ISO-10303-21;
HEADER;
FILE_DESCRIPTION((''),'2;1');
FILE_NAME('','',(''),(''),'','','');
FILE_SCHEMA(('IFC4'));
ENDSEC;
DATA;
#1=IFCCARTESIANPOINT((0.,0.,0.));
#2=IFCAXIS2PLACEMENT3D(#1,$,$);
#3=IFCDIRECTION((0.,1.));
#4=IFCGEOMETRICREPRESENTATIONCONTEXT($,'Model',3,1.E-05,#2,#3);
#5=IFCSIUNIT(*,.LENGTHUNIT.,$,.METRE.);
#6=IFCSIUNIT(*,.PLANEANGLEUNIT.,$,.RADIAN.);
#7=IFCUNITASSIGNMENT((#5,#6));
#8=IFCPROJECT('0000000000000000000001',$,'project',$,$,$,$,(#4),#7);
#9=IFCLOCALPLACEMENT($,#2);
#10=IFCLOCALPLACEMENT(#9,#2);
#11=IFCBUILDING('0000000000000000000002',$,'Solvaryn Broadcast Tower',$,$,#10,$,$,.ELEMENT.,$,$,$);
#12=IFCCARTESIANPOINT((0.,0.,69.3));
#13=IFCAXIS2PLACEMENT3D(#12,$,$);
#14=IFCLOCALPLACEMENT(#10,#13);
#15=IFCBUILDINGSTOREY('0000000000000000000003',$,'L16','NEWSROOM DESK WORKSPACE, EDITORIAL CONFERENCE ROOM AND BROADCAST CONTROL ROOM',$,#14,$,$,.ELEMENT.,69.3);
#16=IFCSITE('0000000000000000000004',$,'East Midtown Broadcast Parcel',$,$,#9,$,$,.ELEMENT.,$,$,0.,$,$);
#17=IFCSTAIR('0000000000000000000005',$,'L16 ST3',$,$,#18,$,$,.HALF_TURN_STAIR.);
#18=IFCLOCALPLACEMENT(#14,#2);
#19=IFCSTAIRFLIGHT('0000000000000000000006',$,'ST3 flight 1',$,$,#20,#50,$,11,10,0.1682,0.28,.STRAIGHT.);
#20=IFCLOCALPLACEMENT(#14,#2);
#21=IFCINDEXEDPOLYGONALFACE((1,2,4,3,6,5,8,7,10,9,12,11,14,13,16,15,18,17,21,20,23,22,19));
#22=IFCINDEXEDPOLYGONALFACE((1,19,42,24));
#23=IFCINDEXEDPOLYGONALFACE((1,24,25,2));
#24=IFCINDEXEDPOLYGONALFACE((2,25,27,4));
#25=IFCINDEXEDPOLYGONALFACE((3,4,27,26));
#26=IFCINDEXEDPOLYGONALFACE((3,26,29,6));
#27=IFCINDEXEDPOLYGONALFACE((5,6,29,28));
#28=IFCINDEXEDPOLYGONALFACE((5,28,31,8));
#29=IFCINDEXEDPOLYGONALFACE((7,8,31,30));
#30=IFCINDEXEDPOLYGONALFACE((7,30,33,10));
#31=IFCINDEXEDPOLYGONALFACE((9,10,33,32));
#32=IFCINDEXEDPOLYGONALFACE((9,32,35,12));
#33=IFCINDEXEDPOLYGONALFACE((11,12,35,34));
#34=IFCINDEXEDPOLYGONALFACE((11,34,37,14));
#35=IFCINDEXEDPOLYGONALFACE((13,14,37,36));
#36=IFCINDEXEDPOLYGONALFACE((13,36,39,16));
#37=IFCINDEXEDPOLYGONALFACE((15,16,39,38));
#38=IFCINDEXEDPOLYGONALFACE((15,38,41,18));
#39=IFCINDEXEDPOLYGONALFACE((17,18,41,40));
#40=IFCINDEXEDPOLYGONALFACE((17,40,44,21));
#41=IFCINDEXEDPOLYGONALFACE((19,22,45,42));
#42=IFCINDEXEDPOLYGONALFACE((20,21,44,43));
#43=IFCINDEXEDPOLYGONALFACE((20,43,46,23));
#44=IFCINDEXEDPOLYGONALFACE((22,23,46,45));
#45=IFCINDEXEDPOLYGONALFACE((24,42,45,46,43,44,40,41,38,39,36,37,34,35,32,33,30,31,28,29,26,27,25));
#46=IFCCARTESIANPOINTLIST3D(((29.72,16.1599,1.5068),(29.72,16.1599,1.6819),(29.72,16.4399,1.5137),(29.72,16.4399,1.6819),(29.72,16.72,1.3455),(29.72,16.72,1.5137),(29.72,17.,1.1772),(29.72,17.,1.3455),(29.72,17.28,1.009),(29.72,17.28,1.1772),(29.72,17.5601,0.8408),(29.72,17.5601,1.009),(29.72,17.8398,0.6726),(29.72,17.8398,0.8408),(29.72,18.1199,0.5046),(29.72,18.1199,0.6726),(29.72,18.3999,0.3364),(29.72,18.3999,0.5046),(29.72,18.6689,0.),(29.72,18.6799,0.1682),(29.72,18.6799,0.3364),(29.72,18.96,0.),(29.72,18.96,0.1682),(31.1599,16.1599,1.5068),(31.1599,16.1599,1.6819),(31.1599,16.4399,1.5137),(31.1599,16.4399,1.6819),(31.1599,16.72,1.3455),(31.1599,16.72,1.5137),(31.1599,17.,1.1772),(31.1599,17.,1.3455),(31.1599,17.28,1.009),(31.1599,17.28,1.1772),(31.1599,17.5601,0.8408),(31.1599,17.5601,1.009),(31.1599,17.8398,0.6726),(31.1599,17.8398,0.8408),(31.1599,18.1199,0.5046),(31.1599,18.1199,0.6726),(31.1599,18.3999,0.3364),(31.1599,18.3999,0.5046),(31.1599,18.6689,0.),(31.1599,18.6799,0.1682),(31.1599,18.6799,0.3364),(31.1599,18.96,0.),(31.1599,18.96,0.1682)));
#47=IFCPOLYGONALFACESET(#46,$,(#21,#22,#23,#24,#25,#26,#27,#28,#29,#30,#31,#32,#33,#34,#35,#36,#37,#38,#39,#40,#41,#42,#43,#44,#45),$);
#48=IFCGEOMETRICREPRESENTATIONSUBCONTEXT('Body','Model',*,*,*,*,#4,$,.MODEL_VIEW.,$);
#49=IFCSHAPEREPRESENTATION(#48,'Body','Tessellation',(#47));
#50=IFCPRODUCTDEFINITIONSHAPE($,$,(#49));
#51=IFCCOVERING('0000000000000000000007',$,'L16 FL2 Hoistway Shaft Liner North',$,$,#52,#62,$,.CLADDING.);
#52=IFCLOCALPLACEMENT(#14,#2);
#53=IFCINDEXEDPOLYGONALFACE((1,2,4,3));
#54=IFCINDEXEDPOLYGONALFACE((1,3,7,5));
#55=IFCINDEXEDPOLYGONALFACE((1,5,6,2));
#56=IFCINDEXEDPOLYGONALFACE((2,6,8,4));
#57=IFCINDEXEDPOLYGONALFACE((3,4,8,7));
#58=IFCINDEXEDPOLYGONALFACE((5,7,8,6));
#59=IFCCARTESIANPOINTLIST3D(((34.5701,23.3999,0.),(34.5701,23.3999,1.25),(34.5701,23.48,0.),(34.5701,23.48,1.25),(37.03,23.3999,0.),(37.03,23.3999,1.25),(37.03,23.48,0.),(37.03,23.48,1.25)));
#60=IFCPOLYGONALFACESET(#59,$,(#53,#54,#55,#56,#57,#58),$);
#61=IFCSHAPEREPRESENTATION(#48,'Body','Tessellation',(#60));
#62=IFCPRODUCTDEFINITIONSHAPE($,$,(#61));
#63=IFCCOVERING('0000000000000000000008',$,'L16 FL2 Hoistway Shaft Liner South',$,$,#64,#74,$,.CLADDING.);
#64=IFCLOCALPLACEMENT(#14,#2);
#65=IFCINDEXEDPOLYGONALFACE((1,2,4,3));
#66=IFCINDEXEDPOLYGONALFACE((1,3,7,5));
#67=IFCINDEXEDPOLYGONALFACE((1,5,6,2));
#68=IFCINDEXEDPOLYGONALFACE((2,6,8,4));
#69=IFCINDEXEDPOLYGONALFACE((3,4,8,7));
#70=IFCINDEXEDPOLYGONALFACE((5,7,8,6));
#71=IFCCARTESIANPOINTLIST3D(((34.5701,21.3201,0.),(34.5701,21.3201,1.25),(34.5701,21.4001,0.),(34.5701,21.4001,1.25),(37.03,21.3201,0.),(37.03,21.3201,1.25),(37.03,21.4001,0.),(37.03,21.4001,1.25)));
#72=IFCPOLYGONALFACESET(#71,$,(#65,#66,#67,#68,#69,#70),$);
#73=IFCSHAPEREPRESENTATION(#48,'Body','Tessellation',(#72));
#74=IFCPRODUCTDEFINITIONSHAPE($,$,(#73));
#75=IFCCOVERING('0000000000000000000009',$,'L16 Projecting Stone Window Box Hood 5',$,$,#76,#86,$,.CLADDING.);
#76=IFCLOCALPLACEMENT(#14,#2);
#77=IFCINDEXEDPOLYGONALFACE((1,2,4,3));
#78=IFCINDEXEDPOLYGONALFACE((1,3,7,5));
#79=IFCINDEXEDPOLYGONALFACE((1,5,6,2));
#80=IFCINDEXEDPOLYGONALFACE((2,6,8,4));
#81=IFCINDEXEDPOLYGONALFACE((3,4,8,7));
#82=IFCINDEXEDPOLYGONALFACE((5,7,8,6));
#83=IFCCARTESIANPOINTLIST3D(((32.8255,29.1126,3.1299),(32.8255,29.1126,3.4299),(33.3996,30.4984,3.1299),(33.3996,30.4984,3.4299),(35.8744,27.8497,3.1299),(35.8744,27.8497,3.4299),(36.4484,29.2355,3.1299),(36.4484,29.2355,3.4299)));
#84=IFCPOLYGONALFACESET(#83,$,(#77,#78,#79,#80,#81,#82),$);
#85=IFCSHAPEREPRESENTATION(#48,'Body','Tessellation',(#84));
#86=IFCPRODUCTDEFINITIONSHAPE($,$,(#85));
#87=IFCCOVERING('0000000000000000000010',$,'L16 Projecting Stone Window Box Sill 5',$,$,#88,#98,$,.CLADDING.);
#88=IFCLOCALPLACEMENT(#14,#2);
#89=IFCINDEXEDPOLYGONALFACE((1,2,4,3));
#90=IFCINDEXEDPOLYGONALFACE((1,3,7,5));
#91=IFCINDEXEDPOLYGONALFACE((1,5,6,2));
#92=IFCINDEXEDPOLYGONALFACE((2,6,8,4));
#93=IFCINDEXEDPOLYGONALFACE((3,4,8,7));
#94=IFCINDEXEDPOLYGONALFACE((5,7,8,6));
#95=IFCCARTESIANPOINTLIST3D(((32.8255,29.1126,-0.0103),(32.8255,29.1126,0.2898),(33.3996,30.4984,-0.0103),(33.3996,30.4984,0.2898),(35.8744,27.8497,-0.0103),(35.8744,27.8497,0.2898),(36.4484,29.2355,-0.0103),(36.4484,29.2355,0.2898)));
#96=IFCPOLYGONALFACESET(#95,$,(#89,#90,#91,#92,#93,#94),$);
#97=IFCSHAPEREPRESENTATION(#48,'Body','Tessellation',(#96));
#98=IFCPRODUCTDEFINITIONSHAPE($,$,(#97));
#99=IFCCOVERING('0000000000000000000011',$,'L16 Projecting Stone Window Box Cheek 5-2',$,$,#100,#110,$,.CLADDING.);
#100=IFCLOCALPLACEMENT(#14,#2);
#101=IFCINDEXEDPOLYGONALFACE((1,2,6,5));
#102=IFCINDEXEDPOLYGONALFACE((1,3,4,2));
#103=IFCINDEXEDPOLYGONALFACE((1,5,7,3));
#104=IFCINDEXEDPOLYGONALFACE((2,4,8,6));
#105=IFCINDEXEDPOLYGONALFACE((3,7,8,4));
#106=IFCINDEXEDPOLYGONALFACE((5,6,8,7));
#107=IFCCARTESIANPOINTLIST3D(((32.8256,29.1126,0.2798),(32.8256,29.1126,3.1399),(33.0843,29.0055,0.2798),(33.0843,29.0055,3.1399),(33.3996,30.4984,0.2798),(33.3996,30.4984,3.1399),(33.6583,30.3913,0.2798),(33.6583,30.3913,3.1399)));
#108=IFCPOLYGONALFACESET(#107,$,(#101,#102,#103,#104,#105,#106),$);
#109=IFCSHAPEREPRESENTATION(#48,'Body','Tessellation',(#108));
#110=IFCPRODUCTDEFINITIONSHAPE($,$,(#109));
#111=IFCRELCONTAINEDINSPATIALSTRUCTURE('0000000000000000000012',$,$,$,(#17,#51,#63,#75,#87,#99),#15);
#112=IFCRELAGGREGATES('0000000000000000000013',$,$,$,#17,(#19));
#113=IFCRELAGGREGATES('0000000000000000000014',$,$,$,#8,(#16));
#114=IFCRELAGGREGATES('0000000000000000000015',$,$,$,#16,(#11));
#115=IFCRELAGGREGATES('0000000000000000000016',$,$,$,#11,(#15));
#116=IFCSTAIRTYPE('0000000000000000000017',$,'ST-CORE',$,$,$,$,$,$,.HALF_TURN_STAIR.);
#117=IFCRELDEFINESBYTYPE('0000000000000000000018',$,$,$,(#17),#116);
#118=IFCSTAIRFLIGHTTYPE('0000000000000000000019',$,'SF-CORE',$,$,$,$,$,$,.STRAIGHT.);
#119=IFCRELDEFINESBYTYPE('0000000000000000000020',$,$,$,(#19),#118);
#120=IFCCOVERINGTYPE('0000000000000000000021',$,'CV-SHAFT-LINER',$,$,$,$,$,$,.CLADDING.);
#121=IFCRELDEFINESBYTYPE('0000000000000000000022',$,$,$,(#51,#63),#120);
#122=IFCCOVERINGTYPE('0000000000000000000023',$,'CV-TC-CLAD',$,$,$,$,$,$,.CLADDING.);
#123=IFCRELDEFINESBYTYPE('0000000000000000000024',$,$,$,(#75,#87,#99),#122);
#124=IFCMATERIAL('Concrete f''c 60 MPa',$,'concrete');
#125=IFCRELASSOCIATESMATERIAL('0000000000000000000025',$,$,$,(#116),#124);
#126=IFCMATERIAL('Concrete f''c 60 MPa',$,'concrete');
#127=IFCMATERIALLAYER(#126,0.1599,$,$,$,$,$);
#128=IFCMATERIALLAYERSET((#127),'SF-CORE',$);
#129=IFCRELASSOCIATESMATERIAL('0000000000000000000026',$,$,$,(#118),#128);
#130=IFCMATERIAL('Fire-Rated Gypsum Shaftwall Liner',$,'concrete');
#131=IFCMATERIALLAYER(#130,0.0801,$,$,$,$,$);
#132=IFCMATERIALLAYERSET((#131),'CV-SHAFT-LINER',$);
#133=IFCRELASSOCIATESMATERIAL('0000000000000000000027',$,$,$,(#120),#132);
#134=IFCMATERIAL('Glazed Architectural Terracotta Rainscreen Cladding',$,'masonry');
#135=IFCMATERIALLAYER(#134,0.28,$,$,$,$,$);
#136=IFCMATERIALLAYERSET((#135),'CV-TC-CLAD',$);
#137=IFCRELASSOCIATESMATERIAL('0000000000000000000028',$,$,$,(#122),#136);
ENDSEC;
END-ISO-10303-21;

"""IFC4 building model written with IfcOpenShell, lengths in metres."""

from ifc_helpers import new_model, si_unit, direction, frame, origin, origin_2d, place, context, subcontext, project, spatial, polyline, rectangle, outline, extrude, material, layer, layer_set, type_object, element, aggregate, save


model = new_model("IFC4")

# Units and contexts
model_context = context("Model", 3, precision=1e-05, world=origin(), true_north=direction((0.0, 1.0)))
body_context = subcontext(model_context, "Body", "Model", "MODEL_VIEW")
ifc_project = project(units=[si_unit("LENGTHUNIT", "METRE"), si_unit("PLANEANGLEUNIT", "RADIAN")], contexts=[model_context])

# Site, building, storey
site_placement = place(None, origin())
site = spatial("IfcSite", under=ifc_project, at=site_placement, Name="East Midtown Broadcast Parcel", CompositionType="ELEMENT", RefElevation=0.0)
building_placement = place(site_placement, origin())
building = spatial("IfcBuilding", under=site, at=building_placement, Name="Solvaryn Broadcast Tower", CompositionType="ELEMENT")
storey_placement = place(building_placement, frame((0.0, 0.0, 69.3)))
storey = spatial("IfcBuildingStorey", under=building, at=storey_placement, Name="L16", Description="NEWSROOM DESK WORKSPACE, EDITORIAL CONFERENCE ROOM AND BROADCAST CONTROL ROOM", CompositionType="ELEMENT", Elevation=69.3)

# Stair, stair flight
ifc_material_1 = material(Name="Concrete f'c 60 MPa", Category="concrete")
stair_type = type_object("IfcStairType", Name="ST-CORE", PredefinedType="HALF_TURN_STAIR", material=ifc_material_1)
stair_placement = place(storey_placement, origin())
stair = element("IfcStair", 1, at=stair_placement, inside=storey, type_object=stair_type, Name="L16 ST3", PredefinedType="HALF_TURN_STAIR")
ifc_material_2 = material(Name="Concrete f'c 60 MPa", Category="concrete")
ifc_layer_1 = layer(ifc_material_2, 0.1599)
ifc_layer_set_1 = layer_set([ifc_layer_1], Name="SF-CORE")
stair_flight_type = type_object("IfcStairFlightType", Name="SF-CORE", PredefinedType="STRAIGHT", material=ifc_layer_set_1)
stair_flight_placement = place(storey_placement, frame((30.4399, 18.96, 0.0), z_axis=(0.0, 0.0, 1.0), x_axis=(0.0, -1.0, 0.0)))
stair_flight = element("IfcStairFlight", 2, at=stair_flight_placement, type_object=stair_flight_type, Name="ST3 flight 1", NumberOfRisers=11, NumberOfTreads=10, PredefinedType="STRAIGHT", RiserHeight=0.1682, TreadLength=0.28, context=body_context, shape_type="SweptSolid", body=[
    extrude(outline(polyline([(0.0, 0.0), (0.0, 0.1682), (0.28, 0.1682), (0.28, 0.3364), (0.5601, 0.3364), (0.5601, 0.5046), (0.8401, 0.5046), (0.8401, 0.6726), (1.1201, 0.6726), (1.1201, 0.8408), (1.3999, 0.8408), (1.3999, 1.009), (1.6799, 1.009), (1.6799, 1.1772), (1.96, 1.1772), (1.96, 1.3455), (2.24, 1.3455), (2.24, 1.5137), (2.52, 1.5137), (2.52, 1.6819), (2.8, 1.6819), (2.8, 1.8501), (2.8, 1.5068), (0.291, 0.0), (0.0, 0.0)])), frame((0.0, 0.72, 0.0), z_axis=(0.0, -1.0, 0.0), x_axis=(1.0, 0.0, 0.0)), (0.0, 0.0, 1.0), 1.4399),
])
aggregate(stair, [stair_flight])

# Coverings
ifc_material_3 = material(Name="Fire-Rated Gypsum Shaftwall Liner", Category="concrete")
ifc_layer_2 = layer(ifc_material_3, 0.0801)
ifc_layer_set_2 = layer_set([ifc_layer_2], Name="CV-SHAFT-LINER")
covering_type_1 = type_object("IfcCoveringType", Name="CV-SHAFT-LINER", PredefinedType="CLADDING", material=ifc_layer_set_2)
for number, where, z_axis, x_axis, name in (
    (3, (35.8, 23.4399, 0.0), (0.0, 0.0, 1.0), (1.0, 0.0, 0.0), "L16 FL2 Hoistway Shaft Liner North"),
    (4, (35.8, 21.3601, 0.0), (0.0, 0.0, 1.0), (1.0, 0.0, 0.0), "L16 FL2 Hoistway Shaft Liner South"),
):
    element("IfcCovering", number, at=place(storey_placement, frame(where, z_axis=z_axis, x_axis=x_axis)), inside=storey, type_object=covering_type_1, Name=name, PredefinedType="CLADDING", context=body_context, shape_type="SweptSolid", body=[
        extrude(rectangle(XDim=2.46, YDim=0.0801, at=origin_2d()), origin(), (0.0, 0.0, 1.0), 1.25),
    ])
ifc_material_4 = material(Name="Glazed Architectural Terracotta Rainscreen Cladding", Category="masonry")
ifc_layer_3 = layer(ifc_material_4, 0.28)
ifc_layer_set_3 = layer_set([ifc_layer_3], Name="CV-TC-CLAD")
covering_type_2 = type_object("IfcCoveringType", Name="CV-TC-CLAD", PredefinedType="CLADDING", material=ifc_layer_set_3)
for number, where, z_axis, x_axis, name in (
    (5, (34.637, 29.1741, 3.1299), (0.0, 0.0, 1.0), (-0.92388, 0.382683, 0.0), "L16 Projecting Stone Window Box Hood 5"),
    (6, (34.637, 29.1741, -0.0103), (0.0, 0.0, 1.0), (-0.92388, 0.382683, 0.0), "L16 Projecting Stone Window Box Sill 5"),
):
    element("IfcCovering", number, at=place(storey_placement, frame(where, z_axis=z_axis, x_axis=x_axis)), inside=storey, type_object=covering_type_2, Name=name, PredefinedType="CLADDING", context=body_context, shape_type="SweptSolid", body=[
        extrude(rectangle(XDim=3.3, YDim=1.5, at=origin_2d()), origin(), (0.0, 0.0, 1.0), 0.3),
    ])
covering_placement = place(storey_placement, frame((33.2419, 29.752, 0.2798), z_axis=(0.0, 0.0, 1.0), x_axis=(-0.92388, 0.382683, 0.0)))
element("IfcCovering", 7, at=covering_placement, inside=storey, type_object=covering_type_2, Name="L16 Projecting Stone Window Box Cheek 5-2", PredefinedType="CLADDING", context=body_context, shape_type="SweptSolid", body=[
    extrude(rectangle(XDim=0.28, YDim=1.5, at=origin_2d()), origin(), (0.0, 0.0, 1.0), 2.8601),
])

save(model, "model.ifc")
